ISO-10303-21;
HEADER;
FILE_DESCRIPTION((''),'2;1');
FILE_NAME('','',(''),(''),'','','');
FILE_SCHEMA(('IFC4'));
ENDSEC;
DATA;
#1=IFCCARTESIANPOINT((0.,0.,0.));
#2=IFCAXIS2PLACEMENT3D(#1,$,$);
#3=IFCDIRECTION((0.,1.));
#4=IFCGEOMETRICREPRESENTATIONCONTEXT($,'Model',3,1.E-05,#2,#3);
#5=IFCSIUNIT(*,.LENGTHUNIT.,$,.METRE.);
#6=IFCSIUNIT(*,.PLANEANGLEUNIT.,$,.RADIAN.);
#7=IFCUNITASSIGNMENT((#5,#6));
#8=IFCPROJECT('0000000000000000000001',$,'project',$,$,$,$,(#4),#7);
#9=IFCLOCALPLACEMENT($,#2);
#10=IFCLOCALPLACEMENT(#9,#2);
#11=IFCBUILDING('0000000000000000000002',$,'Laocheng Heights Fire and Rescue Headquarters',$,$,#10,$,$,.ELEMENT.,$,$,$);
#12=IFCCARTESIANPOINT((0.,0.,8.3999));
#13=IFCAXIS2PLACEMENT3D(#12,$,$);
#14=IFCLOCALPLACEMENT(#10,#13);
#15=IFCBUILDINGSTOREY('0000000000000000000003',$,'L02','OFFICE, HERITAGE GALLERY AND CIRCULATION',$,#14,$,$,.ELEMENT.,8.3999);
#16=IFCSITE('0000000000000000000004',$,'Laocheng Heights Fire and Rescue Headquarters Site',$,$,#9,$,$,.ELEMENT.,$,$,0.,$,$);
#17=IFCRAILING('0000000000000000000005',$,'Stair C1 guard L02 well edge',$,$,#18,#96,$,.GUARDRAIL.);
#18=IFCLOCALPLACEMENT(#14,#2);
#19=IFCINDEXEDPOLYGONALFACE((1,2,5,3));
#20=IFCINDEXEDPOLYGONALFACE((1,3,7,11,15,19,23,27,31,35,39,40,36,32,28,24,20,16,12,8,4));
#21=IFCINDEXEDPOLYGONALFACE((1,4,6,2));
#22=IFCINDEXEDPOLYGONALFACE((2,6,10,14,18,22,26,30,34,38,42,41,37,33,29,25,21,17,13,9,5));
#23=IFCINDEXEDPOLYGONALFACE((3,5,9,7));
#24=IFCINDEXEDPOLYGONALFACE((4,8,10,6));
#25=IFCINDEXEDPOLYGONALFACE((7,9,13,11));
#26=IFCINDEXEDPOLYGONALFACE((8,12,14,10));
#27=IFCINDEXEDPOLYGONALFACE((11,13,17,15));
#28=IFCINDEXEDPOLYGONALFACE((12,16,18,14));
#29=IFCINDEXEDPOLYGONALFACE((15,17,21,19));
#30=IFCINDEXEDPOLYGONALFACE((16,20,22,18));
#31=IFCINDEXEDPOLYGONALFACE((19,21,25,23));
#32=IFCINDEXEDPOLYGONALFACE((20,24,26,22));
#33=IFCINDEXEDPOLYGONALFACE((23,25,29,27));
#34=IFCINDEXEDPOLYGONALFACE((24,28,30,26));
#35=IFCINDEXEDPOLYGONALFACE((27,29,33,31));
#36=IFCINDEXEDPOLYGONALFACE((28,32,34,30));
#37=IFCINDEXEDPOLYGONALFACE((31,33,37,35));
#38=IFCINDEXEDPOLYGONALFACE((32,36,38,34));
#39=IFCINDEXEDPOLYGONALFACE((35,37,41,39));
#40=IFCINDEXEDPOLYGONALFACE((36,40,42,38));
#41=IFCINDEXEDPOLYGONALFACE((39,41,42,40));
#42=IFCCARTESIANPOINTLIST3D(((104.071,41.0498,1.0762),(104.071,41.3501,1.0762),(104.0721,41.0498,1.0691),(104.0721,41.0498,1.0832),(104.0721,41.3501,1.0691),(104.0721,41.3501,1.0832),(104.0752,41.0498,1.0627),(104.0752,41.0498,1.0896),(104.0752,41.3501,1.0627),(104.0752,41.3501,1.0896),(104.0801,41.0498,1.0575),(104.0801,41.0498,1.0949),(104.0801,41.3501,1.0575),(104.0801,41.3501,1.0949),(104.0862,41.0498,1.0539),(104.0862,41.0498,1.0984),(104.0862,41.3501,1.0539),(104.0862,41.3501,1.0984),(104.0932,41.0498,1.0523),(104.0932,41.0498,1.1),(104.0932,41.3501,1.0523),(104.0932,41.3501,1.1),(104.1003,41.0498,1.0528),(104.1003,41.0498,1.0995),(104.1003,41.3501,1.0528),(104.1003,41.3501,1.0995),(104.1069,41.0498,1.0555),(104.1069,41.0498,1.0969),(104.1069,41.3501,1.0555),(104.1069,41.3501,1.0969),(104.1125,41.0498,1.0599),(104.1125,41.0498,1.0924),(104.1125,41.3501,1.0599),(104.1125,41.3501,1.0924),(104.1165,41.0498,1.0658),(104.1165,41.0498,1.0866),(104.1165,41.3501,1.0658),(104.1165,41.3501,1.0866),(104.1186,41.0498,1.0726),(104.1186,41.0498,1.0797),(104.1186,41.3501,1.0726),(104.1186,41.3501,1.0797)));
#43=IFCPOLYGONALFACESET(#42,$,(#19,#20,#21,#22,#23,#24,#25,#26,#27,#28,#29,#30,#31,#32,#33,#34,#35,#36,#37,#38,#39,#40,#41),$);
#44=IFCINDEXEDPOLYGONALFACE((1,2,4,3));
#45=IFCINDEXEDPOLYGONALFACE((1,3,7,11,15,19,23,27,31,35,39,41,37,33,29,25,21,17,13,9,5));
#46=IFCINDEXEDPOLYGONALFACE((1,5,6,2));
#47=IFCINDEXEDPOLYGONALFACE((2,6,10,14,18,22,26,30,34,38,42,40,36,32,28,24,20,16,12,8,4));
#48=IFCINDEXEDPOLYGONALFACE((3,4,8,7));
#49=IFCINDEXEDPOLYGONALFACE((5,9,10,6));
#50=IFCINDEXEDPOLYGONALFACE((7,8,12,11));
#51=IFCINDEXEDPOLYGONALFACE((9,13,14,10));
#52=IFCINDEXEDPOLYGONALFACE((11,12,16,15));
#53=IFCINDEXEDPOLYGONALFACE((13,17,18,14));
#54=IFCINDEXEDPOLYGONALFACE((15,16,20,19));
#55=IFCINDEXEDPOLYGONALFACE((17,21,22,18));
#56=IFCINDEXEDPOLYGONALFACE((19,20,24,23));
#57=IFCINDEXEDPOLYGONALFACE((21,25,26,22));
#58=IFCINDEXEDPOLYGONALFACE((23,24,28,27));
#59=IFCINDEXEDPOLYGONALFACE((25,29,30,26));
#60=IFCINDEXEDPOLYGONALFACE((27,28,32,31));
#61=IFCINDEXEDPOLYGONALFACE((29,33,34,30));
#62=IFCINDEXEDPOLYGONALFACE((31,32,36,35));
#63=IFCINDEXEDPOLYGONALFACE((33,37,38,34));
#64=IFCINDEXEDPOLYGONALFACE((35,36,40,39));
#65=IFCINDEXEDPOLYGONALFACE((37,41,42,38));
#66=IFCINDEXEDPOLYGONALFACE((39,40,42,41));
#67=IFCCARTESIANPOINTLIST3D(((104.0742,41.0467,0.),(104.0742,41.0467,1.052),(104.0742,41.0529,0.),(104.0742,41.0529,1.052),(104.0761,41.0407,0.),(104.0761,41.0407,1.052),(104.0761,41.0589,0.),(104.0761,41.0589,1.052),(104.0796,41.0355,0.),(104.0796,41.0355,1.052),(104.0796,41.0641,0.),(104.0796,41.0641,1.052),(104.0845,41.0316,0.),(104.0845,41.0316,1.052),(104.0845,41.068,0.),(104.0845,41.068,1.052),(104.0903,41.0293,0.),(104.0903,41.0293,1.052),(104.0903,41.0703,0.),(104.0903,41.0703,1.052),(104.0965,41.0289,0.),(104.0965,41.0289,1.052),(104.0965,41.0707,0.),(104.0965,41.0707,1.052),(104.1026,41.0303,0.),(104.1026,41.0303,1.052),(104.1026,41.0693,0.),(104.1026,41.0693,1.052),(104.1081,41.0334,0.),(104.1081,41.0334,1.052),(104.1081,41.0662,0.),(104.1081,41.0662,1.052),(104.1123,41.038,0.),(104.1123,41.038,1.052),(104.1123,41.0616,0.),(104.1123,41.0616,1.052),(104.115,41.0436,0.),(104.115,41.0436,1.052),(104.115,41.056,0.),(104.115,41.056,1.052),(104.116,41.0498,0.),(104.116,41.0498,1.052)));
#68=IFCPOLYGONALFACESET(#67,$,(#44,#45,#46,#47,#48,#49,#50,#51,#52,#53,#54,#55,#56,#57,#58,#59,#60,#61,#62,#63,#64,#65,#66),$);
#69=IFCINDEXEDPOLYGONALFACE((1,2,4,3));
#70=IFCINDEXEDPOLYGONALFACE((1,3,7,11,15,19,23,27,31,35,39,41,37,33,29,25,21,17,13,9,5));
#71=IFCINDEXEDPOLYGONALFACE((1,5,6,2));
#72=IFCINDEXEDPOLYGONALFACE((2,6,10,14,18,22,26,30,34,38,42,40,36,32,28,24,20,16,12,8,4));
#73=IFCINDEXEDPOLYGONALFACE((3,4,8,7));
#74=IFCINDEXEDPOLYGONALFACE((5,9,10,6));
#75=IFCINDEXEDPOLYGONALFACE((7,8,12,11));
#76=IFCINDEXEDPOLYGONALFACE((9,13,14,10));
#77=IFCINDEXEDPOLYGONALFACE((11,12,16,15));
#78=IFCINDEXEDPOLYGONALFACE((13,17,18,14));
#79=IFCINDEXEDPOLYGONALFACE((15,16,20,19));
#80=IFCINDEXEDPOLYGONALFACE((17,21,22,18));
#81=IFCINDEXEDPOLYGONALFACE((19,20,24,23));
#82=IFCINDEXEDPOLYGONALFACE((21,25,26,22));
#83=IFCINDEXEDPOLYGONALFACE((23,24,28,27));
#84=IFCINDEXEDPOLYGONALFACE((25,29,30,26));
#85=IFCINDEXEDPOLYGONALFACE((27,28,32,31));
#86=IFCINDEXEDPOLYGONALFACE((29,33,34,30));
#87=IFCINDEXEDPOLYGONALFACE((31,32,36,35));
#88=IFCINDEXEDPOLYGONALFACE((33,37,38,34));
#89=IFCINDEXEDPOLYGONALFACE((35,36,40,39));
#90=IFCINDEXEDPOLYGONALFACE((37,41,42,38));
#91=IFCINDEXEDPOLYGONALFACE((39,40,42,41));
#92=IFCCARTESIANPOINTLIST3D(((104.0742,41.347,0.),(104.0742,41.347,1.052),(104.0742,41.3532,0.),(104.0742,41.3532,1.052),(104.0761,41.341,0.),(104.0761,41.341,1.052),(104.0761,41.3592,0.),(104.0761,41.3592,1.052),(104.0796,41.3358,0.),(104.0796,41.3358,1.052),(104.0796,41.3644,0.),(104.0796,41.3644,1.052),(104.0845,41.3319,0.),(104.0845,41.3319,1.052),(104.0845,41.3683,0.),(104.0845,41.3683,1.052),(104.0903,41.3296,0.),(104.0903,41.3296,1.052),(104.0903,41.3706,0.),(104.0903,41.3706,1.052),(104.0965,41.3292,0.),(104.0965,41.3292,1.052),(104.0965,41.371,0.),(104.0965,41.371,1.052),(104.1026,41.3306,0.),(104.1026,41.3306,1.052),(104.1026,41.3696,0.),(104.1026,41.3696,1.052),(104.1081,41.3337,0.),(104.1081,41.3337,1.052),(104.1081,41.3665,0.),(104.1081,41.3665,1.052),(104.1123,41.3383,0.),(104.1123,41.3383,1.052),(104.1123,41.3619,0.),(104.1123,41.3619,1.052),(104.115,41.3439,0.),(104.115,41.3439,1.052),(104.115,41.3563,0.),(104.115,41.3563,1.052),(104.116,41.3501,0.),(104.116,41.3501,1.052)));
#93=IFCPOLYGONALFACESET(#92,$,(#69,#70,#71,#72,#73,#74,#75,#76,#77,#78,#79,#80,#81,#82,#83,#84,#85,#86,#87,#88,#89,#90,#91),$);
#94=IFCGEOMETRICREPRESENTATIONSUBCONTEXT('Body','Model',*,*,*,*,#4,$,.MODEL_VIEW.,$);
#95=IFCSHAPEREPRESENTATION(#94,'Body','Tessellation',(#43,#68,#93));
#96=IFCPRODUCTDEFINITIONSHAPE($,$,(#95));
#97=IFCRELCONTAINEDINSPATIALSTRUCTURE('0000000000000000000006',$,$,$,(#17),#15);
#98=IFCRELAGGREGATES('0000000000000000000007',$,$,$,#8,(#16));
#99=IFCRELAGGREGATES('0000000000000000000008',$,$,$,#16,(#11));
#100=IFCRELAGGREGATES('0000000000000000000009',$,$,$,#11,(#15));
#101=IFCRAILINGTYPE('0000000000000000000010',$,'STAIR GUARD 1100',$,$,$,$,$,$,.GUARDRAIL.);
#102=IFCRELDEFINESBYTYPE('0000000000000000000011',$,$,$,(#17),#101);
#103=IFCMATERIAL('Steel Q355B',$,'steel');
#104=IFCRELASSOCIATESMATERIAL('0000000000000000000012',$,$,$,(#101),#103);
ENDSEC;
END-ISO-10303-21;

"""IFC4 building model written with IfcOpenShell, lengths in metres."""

from ifc_helpers import new_model, si_unit, direction, frame, origin, origin_2d, place, context, subcontext, project, spatial, circle, extrude, material, type_object, element, save


model = new_model("IFC4")

# Units and contexts
model_context = context("Model", 3, precision=1e-05, world=origin(), true_north=direction((0.0, 1.0)))
body_context = subcontext(model_context, "Body", "Model", "MODEL_VIEW")
ifc_project = project(units=[si_unit("LENGTHUNIT", "METRE"), si_unit("PLANEANGLEUNIT", "RADIAN")], contexts=[model_context])

# Site, building, storey
site_placement = place(None, origin())
site = spatial("IfcSite", under=ifc_project, at=site_placement, Name="Laocheng Heights Fire and Rescue Headquarters Site", CompositionType="ELEMENT", RefElevation=0.0)
building_placement = place(site_placement, origin())
building = spatial("IfcBuilding", under=site, at=building_placement, Name="Laocheng Heights Fire and Rescue Headquarters", CompositionType="ELEMENT")
storey_placement = place(building_placement, frame((0.0, 0.0, 8.3999)))
storey = spatial("IfcBuildingStorey", under=building, at=storey_placement, Name="L02", Description="OFFICE, HERITAGE GALLERY AND CIRCULATION", CompositionType="ELEMENT", Elevation=8.3999)

# Railing
ifc_material_1 = material(Name="Steel Q355B", Category="steel")
railing_type_1 = type_object("IfcRailingType", Name="STAIR GUARD 1100", PredefinedType="GUARDRAIL", material=ifc_material_1)
railing_placement = place(storey_placement, frame((104.095, 41.0498, 0.0)))
element("IfcRailing", 1, at=railing_placement, inside=storey, type_object=railing_type_1, Name="Stair C1 guard L02 well edge", PredefinedType="GUARDRAIL", context=body_context, shape_type="SweptSolid", body=[
    extrude(circle(Radius=0.0239, at=origin_2d()), frame((0.0, 0.0, 1.0762), z_axis=(0.0, 1.0, 0.0), x_axis=(-1.0, 0.0, 0.0)), (0.0, 0.0, 1.0), 0.3003),
    extrude(circle(Radius=0.021, at=origin_2d()), origin(), (0.0, 0.0, 1.0), 1.052),
    extrude(circle(Radius=0.021, at=origin_2d()), frame((0.0, 0.3003, 0.0)), (0.0, 0.0, 1.0), 1.052),
])

save(model, "model.ifc")
